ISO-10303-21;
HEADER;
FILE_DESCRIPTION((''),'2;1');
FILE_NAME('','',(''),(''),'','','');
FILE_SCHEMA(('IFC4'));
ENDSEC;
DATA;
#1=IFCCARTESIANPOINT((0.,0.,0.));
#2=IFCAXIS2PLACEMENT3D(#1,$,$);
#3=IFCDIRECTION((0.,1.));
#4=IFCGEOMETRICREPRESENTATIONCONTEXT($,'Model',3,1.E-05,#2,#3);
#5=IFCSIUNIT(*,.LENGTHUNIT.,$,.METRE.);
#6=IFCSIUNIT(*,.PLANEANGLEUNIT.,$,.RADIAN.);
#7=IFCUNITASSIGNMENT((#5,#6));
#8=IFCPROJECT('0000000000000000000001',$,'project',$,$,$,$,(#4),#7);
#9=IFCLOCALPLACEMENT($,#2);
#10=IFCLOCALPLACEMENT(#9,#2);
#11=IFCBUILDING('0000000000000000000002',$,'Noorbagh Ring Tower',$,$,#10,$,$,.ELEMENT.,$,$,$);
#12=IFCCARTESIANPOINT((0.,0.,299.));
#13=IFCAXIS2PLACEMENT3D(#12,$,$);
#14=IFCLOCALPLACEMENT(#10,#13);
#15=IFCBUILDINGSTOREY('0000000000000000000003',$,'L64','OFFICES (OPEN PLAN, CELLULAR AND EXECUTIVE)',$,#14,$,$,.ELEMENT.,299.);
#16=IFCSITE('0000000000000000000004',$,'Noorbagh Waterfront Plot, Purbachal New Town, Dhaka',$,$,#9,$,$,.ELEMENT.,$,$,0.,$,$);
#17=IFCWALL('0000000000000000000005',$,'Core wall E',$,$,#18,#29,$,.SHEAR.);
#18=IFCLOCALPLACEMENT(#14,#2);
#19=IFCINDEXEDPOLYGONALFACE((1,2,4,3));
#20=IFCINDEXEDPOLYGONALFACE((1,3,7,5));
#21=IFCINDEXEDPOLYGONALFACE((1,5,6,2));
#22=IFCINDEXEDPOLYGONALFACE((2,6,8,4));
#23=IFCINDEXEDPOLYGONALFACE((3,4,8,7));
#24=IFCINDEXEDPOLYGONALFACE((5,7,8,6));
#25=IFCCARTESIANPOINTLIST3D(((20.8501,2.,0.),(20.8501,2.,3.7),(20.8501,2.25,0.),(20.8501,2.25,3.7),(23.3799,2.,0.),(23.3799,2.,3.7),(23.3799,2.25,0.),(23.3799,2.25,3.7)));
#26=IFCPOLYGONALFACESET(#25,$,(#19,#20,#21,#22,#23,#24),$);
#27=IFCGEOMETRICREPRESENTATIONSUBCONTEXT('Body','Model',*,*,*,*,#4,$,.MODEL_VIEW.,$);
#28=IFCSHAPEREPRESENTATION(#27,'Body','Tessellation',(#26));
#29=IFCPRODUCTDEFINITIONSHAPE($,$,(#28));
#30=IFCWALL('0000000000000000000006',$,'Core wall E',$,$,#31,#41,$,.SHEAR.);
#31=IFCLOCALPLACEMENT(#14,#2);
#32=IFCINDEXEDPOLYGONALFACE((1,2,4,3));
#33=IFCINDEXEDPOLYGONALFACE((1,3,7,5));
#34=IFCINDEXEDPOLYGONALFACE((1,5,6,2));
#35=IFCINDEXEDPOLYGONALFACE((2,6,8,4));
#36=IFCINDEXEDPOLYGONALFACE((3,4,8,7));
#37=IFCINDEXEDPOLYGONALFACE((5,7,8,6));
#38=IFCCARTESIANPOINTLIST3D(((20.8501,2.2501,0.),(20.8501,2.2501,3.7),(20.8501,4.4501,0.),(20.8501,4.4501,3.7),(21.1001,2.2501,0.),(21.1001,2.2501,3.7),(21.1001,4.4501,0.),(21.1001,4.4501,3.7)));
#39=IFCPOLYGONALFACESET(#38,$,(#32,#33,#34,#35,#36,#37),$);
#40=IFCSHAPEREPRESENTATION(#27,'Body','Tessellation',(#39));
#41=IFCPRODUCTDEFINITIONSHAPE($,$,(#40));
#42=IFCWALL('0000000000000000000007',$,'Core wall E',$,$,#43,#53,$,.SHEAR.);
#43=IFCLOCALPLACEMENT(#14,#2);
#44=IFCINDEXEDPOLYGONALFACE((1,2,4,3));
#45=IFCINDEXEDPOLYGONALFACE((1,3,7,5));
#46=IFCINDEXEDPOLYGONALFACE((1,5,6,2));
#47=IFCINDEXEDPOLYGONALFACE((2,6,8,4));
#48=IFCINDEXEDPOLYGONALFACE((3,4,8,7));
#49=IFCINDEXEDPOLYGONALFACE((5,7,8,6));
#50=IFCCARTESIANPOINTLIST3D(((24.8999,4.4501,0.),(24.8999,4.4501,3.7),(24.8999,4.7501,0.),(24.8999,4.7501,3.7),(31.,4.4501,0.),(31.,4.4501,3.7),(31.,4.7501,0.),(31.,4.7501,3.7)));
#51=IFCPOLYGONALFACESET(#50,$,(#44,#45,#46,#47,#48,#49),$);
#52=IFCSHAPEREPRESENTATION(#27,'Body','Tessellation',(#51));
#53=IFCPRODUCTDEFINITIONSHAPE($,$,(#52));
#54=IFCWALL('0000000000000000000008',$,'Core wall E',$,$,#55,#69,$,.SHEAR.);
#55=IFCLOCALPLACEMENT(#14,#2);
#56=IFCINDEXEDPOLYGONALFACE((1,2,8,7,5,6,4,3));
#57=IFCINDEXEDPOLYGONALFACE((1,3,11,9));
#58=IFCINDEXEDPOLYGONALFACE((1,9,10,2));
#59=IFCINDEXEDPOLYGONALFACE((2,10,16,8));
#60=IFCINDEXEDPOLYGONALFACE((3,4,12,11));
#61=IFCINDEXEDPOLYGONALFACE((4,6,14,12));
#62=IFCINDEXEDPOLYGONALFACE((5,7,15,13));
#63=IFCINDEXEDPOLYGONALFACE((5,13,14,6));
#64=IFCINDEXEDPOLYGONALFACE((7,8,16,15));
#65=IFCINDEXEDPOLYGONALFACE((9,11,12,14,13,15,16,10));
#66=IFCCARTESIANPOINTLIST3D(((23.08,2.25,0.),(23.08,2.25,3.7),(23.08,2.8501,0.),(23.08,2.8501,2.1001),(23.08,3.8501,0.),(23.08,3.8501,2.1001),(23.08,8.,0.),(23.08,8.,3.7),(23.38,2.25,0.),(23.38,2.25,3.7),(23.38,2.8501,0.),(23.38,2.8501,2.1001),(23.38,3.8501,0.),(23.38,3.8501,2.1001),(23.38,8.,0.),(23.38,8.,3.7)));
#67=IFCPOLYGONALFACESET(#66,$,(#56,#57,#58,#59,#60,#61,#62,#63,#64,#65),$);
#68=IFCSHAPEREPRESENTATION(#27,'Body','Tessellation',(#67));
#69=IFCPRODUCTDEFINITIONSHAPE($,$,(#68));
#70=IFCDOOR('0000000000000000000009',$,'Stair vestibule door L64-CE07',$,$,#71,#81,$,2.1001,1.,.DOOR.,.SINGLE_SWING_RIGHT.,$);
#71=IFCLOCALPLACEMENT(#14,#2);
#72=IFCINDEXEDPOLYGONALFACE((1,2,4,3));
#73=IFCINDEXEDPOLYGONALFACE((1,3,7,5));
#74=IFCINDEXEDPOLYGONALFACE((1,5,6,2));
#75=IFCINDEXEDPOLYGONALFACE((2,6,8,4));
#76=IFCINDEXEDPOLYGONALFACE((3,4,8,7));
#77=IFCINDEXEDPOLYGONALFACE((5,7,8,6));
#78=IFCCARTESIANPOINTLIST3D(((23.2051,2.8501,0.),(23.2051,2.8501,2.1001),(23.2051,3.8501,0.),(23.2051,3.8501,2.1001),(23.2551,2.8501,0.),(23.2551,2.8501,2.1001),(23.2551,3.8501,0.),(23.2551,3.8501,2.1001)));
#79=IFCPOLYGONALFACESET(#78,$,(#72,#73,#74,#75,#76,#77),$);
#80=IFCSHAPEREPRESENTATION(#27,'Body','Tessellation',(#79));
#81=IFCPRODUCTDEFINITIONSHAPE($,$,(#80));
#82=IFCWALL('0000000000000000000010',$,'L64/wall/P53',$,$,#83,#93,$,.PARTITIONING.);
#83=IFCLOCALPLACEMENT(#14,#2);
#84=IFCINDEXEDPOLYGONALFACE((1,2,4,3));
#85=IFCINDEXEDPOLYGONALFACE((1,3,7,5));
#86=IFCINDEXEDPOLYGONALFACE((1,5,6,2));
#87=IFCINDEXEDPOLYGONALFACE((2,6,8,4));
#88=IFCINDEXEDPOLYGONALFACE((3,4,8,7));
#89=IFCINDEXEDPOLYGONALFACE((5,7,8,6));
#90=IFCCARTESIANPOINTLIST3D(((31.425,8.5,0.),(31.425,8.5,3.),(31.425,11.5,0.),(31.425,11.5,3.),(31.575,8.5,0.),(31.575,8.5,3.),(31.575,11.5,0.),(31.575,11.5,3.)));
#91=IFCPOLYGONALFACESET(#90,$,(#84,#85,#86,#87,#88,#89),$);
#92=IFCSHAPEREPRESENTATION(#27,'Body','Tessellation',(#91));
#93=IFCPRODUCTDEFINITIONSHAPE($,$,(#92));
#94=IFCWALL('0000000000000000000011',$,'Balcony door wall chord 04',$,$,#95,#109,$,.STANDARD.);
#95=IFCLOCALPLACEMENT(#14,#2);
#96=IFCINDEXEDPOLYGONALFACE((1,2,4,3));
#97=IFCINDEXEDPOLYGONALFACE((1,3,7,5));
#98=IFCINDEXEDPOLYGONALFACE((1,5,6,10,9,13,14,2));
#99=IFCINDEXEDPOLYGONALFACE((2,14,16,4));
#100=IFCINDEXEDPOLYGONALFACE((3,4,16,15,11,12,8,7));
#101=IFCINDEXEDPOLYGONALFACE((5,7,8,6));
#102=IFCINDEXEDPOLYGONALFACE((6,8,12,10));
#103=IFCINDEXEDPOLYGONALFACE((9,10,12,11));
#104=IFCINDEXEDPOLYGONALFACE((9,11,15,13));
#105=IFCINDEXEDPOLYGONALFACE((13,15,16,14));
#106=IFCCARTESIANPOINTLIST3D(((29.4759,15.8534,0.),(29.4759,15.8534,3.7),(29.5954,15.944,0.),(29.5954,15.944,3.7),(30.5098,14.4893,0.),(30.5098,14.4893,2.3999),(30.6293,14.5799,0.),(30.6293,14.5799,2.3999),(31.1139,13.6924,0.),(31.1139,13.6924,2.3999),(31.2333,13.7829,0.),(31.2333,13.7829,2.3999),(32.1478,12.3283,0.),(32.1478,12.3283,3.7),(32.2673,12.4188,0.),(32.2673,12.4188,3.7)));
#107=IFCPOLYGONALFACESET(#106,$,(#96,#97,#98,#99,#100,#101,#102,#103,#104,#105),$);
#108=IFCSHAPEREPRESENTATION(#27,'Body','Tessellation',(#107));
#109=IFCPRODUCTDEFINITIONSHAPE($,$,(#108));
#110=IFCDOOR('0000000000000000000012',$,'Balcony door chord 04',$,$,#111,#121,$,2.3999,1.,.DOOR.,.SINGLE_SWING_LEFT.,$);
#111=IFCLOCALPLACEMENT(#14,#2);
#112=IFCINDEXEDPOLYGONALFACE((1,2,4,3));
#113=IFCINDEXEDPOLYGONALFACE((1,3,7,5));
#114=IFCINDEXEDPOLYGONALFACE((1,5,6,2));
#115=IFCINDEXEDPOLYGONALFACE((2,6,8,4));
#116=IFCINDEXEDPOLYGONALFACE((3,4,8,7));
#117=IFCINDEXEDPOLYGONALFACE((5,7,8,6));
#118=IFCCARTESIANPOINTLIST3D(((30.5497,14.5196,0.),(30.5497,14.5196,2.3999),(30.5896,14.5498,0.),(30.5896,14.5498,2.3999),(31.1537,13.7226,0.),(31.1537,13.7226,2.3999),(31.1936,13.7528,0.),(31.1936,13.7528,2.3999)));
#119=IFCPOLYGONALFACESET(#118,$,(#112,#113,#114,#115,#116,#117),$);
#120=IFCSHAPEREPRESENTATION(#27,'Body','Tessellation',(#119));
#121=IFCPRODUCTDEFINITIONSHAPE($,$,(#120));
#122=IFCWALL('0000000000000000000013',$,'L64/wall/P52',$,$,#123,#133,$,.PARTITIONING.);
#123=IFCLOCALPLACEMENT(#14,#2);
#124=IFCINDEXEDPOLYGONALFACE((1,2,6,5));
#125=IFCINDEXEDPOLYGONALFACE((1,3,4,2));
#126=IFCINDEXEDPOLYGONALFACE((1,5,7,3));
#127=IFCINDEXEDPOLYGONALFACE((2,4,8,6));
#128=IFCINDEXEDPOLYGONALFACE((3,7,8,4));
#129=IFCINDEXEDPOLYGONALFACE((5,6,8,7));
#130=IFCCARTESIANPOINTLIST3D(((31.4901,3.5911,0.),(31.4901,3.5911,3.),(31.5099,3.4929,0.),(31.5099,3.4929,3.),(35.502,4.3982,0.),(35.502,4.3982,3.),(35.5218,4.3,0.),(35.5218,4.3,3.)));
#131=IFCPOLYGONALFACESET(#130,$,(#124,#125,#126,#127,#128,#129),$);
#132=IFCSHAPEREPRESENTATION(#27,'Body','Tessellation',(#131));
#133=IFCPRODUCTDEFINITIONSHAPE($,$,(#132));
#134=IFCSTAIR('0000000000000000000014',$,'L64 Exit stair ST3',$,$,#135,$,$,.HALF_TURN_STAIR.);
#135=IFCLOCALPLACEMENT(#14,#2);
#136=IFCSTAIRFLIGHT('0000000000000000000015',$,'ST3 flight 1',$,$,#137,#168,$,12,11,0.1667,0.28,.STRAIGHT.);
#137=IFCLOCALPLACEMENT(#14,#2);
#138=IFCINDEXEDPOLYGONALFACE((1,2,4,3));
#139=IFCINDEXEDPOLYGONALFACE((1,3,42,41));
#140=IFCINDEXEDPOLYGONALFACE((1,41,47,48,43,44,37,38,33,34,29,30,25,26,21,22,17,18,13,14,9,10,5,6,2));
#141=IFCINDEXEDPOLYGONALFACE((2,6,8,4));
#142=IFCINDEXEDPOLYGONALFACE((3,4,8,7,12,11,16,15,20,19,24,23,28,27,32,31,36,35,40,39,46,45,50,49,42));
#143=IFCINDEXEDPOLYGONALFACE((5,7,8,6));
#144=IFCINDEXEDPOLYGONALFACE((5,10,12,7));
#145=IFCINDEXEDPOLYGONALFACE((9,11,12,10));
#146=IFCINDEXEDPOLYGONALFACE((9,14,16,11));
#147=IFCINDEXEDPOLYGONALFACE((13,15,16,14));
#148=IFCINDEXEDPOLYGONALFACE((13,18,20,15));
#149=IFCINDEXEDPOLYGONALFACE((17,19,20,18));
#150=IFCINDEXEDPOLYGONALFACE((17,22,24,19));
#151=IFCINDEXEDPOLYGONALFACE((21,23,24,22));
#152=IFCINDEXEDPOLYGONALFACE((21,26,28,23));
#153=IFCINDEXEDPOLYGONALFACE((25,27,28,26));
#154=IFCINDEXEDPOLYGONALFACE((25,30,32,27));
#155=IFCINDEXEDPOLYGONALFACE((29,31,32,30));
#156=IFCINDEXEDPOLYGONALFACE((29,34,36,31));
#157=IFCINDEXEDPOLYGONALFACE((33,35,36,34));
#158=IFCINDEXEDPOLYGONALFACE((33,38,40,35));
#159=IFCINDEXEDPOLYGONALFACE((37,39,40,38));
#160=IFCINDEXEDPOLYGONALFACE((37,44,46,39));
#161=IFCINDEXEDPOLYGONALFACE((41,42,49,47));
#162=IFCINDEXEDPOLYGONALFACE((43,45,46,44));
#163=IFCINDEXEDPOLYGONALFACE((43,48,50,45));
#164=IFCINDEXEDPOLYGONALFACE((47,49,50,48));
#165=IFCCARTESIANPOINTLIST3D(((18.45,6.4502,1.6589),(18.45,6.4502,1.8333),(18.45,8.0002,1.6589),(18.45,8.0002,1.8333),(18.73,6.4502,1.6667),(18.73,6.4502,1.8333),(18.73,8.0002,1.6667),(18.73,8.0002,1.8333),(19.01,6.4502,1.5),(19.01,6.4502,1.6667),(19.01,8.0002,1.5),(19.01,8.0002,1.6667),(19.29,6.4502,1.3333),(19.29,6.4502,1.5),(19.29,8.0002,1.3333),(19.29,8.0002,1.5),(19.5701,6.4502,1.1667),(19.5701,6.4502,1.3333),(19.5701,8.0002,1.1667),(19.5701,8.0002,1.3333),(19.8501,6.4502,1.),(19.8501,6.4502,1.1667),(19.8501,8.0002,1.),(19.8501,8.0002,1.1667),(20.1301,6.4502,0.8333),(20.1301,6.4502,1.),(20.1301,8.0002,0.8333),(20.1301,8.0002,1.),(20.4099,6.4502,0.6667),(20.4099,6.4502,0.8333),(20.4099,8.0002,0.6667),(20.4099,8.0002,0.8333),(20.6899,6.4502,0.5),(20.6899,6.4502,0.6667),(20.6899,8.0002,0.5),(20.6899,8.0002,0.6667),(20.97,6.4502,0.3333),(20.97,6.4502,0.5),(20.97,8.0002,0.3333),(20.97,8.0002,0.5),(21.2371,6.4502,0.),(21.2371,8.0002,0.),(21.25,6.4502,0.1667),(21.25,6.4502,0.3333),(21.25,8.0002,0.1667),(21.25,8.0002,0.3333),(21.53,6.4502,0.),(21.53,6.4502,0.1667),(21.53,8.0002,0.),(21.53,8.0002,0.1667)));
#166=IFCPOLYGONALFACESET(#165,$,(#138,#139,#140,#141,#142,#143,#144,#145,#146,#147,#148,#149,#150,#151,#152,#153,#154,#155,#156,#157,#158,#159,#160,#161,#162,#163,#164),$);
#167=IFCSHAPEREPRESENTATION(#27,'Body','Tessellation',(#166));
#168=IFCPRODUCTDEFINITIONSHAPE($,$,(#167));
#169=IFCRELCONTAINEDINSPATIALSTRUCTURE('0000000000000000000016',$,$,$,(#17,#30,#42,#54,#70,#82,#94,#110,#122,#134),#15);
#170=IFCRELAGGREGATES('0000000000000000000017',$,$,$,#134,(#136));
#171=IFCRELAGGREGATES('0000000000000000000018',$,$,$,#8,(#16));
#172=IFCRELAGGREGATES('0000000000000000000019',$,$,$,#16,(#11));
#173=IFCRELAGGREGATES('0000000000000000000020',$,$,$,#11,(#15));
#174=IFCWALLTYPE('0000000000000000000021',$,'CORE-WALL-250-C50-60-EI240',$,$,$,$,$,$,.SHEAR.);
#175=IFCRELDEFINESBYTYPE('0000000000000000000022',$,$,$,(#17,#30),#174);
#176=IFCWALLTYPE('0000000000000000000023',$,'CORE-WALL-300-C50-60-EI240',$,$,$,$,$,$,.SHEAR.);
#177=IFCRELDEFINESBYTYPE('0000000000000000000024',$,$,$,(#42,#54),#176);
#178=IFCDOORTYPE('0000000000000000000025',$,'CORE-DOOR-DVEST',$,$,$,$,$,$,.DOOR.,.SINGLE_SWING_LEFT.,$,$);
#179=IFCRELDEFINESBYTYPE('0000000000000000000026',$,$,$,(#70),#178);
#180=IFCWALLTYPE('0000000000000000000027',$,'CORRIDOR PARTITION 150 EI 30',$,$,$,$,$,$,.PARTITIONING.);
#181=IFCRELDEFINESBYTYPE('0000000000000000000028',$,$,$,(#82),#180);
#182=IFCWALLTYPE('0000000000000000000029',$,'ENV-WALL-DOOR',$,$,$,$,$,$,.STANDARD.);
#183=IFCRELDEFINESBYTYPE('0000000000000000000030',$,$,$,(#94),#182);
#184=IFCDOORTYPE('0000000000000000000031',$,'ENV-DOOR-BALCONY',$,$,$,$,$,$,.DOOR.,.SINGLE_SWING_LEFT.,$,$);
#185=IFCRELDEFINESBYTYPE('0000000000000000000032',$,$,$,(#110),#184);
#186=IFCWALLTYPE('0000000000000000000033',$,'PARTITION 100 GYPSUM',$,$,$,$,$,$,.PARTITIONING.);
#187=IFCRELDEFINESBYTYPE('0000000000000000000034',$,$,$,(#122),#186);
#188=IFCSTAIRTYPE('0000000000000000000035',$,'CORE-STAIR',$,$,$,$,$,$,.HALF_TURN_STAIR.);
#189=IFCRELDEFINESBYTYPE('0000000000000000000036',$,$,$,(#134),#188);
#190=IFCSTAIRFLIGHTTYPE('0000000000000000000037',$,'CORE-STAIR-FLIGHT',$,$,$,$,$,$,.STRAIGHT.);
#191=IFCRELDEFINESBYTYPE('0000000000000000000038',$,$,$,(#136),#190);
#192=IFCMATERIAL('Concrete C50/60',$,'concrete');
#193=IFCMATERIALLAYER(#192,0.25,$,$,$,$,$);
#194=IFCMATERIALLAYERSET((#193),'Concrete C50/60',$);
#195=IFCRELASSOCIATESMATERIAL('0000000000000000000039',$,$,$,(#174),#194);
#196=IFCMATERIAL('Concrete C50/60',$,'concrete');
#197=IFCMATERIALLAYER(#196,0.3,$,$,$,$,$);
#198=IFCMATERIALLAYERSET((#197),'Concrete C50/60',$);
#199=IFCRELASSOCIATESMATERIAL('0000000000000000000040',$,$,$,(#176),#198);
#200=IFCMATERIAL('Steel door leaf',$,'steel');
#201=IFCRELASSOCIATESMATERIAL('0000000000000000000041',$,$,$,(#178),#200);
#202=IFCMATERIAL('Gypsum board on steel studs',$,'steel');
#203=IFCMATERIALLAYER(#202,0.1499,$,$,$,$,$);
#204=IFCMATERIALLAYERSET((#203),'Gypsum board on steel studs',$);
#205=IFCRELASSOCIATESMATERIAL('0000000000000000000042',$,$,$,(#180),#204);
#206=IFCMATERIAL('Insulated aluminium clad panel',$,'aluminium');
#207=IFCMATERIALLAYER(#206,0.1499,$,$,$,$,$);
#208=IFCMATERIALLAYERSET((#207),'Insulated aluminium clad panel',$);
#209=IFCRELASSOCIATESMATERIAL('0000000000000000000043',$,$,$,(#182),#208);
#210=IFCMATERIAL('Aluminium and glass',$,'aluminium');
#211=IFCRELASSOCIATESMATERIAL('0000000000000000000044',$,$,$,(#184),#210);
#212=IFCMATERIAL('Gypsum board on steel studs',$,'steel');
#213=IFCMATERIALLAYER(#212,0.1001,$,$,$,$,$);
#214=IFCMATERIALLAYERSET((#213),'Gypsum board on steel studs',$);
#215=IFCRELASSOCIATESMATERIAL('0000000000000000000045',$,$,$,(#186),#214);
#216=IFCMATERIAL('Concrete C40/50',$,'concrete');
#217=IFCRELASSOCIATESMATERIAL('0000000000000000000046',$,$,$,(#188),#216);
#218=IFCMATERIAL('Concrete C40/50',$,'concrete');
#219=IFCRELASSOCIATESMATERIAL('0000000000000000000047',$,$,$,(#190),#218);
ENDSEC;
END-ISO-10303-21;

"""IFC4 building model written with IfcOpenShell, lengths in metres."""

from ifc_helpers import new_model, si_unit, direction, frame, frame_2d, origin, place, context, subcontext, project, spatial, polyline, rectangle, outline, extrude, material, layer, layer_set, type_object, element, fill, aggregate, save


model = new_model("IFC4")

# Units and contexts
model_context = context("Model", 3, precision=1e-05, world=origin(), true_north=direction((0.0, 1.0)))
body_context = subcontext(model_context, "Body", "Model", "MODEL_VIEW")
ifc_project = project(units=[si_unit("LENGTHUNIT", "METRE"), si_unit("PLANEANGLEUNIT", "RADIAN")], contexts=[model_context])

# Site, building, storey
site_placement = place(None, origin())
site = spatial("IfcSite", under=ifc_project, at=site_placement, Name="Noorbagh Waterfront Plot, Purbachal New Town, Dhaka", CompositionType="ELEMENT", RefElevation=0.0)
building_placement = place(site_placement, origin())
building = spatial("IfcBuilding", under=site, at=building_placement, Name="Noorbagh Ring Tower", CompositionType="ELEMENT")
storey_placement = place(building_placement, frame((0.0, 0.0, 299.0)))
storey = spatial("IfcBuildingStorey", under=building, at=storey_placement, Name="L64", Description="OFFICES (OPEN PLAN, CELLULAR AND EXECUTIVE)", CompositionType="ELEMENT", Elevation=299.0)

# Walls
ifc_material_1 = material(Name="Concrete C50/60", Category="concrete")
ifc_layer_1 = layer(ifc_material_1, 0.25)
ifc_layer_set_1 = layer_set([ifc_layer_1], Name="Concrete C50/60")
wall_type_1 = type_object("IfcWallType", Name="CORE-WALL-250-C50-60-EI240", PredefinedType="SHEAR", material=ifc_layer_set_1)
wall_1_placement = place(storey_placement, frame((20.8501, 2.125, 0.0), z_axis=(0.0, 0.0, 1.0), x_axis=(1.0, 0.0, 0.0)))
element("IfcWall", 1, at=wall_1_placement, inside=storey, type_object=wall_type_1, Name="Core wall E", PredefinedType="SHEAR", context=body_context, shape_type="SweptSolid", body=[
    extrude(rectangle(XDim=2.5298, YDim=0.25, at=frame_2d((1.2649, 0.0))), origin(), (0.0, 0.0, 1.0), 3.7),
])
wall_2_placement = place(storey_placement, frame((20.9751, 2.25, 0.0), z_axis=(0.0, 0.0, 1.0), x_axis=(0.0, 1.0, 0.0)))
element("IfcWall", 2, at=wall_2_placement, inside=storey, type_object=wall_type_1, Name="Core wall E", PredefinedType="SHEAR", context=body_context, shape_type="SweptSolid", body=[
    extrude(rectangle(XDim=2.2, YDim=0.25, at=frame_2d((1.1001, 0.0))), origin(), (0.0, 0.0, 1.0), 3.7),
])
ifc_material_2 = material(Name="Concrete C50/60", Category="concrete")
ifc_layer_2 = layer(ifc_material_2, 0.3)
ifc_layer_set_2 = layer_set([ifc_layer_2], Name="Concrete C50/60")
wall_type_2 = type_object("IfcWallType", Name="CORE-WALL-300-C50-60-EI240", PredefinedType="SHEAR", material=ifc_layer_set_2)
wall_3_placement = place(storey_placement, frame((24.8999, 4.6001, 0.0), z_axis=(0.0, 0.0, 1.0), x_axis=(1.0, 0.0, 0.0)))
element("IfcWall", 3, at=wall_3_placement, inside=storey, type_object=wall_type_2, Name="Core wall E", PredefinedType="SHEAR", context=body_context, shape_type="SweptSolid", body=[
    extrude(rectangle(XDim=6.1001, YDim=0.3, at=frame_2d((3.05, 0.0))), origin(), (0.0, 0.0, 1.0), 3.7),
])

# Wall, opening, door
wall_4_placement = place(storey_placement, frame((23.23, 2.25, 0.0), z_axis=(0.0, 0.0, 1.0), x_axis=(0.0, 1.0, 0.0)))
wall_4 = element("IfcWall", 4, at=wall_4_placement, inside=storey, type_object=wall_type_2, Name="Core wall E", PredefinedType="SHEAR", context=body_context, shape_type="SweptSolid", body=[
    extrude(rectangle(XDim=5.75, YDim=0.3, at=frame_2d((2.875, 0.0))), origin(), (0.0, 0.0, 1.0), 3.7),
])
opening_1_placement = place(wall_4_placement, frame((0.6001, 0.0, 0.0)))
opening_1 = element("IfcOpeningElement", 5, at=opening_1_placement, cuts=wall_4, PredefinedType="OPENING", context=body_context, shape_type="SweptSolid", body=[
    extrude(rectangle(XDim=1.0, YDim=2.1001, at=frame_2d((0.5, 1.05))), frame((0.0, 0.1602, 0.0), z_axis=(0.0, -1.0, 0.0), x_axis=(1.0, 0.0, 0.0)), (0.0, 0.0, 1.0), 0.3201),
])
ifc_material_3 = material(Name="Steel door leaf", Category="steel")
door_type_1 = type_object("IfcDoorType", Name="CORE-DOOR-DVEST", OperationType="SINGLE_SWING_LEFT", PredefinedType="DOOR", material=ifc_material_3)
door_1_placement = place(opening_1_placement, origin())
door_1 = element("IfcDoor", 6, at=door_1_placement, inside=storey, type_object=door_type_1, Name="Stair vestibule door L64-CE07", OperationType="SINGLE_SWING_RIGHT", OverallHeight=2.1001, OverallWidth=1.0, PredefinedType="DOOR", context=body_context, shape_type="SweptSolid", body=[
    extrude(rectangle(XDim=1.0, YDim=2.1001, at=frame_2d((0.5, 1.05))), frame((0.0, 0.0249, 0.0), z_axis=(0.0, -1.0, 0.0), x_axis=(1.0, 0.0, 0.0)), (0.0, 0.0, 1.0), 0.05),
])
fill(opening_1, door_1)

# Wall
ifc_material_4 = material(Name="Gypsum board on steel studs", Category="steel")
ifc_layer_3 = layer(ifc_material_4, 0.1499)
ifc_layer_set_3 = layer_set([ifc_layer_3], Name="Gypsum board on steel studs")
wall_type_3 = type_object("IfcWallType", Name="CORRIDOR PARTITION 150 EI 30", PredefinedType="PARTITIONING", material=ifc_layer_set_3)
wall_5_placement = place(storey_placement, frame((31.5, 8.5, 0.0), z_axis=(0.0, 0.0, 1.0), x_axis=(0.0, 1.0, 0.0)))
element("IfcWall", 7, at=wall_5_placement, inside=storey, type_object=wall_type_3, Name="L64/wall/P53", PredefinedType="PARTITIONING", context=body_context, shape_type="SweptSolid", body=[
    extrude(rectangle(XDim=3.0, YDim=0.1499, at=frame_2d((1.5, 0.0))), origin(), (0.0, 0.0, 1.0), 3.0),
])

# Wall, opening, door
ifc_material_5 = material(Name="Insulated aluminium clad panel", Category="aluminium")
ifc_layer_4 = layer(ifc_material_5, 0.1499)
ifc_layer_set_4 = layer_set([ifc_layer_4], Name="Insulated aluminium clad panel")
wall_type_4 = type_object("IfcWallType", Name="ENV-WALL-DOOR", PredefinedType="STANDARD", material=ifc_layer_set_4)
wall_6_placement = place(storey_placement, frame((32.2075, 12.3735, 0.0), z_axis=(0.0, 0.0, 1.0), x_axis=(-0.604046, 0.79695, 0.0)))
wall_6 = element("IfcWall", 8, at=wall_6_placement, inside=storey, type_object=wall_type_4, Name="Balcony door wall chord 04", PredefinedType="STANDARD", context=body_context, shape_type="SweptSolid", body=[
    extrude(rectangle(XDim=4.4233, YDim=0.1499, at=frame_2d((2.2117, 0.0))), origin(), (0.0, 0.0, 1.0), 3.7),
])
opening_2_placement = place(wall_6_placement, frame((1.7117, 0.0, 0.0)))
opening_2 = element("IfcOpeningElement", 9, at=opening_2_placement, cuts=wall_6, PredefinedType="OPENING", context=body_context, shape_type="SweptSolid", body=[
    extrude(rectangle(XDim=1.0, YDim=2.3999, at=frame_2d((0.5, 1.2))), frame((0.0, 0.085, 0.0), z_axis=(0.0, -1.0, 0.0), x_axis=(1.0, 0.0, 0.0)), (0.0, 0.0, 1.0), 0.1699),
])
ifc_material_6 = material(Name="Aluminium and glass", Category="aluminium")
door_type_2 = type_object("IfcDoorType", Name="ENV-DOOR-BALCONY", OperationType="SINGLE_SWING_LEFT", PredefinedType="DOOR", material=ifc_material_6)
door_2_placement = place(opening_2_placement, origin())
door_2 = element("IfcDoor", 10, at=door_2_placement, inside=storey, type_object=door_type_2, Name="Balcony door chord 04", OperationType="SINGLE_SWING_LEFT", OverallHeight=2.3999, OverallWidth=1.0, PredefinedType="DOOR", context=body_context, shape_type="SweptSolid", body=[
    extrude(rectangle(XDim=1.0, YDim=2.3999, at=frame_2d((0.5, 1.2))), frame((0.0, 0.0249, 0.0), z_axis=(0.0, -1.0, 0.0), x_axis=(1.0, 0.0, 0.0)), (0.0, 0.0, 1.0), 0.05),
])
fill(opening_2, door_2)

# Wall
ifc_material_7 = material(Name="Gypsum board on steel studs", Category="steel")
ifc_layer_5 = layer(ifc_material_7, 0.1001)
ifc_layer_set_5 = layer_set([ifc_layer_5], Name="Gypsum board on steel studs")
wall_type_5 = type_object("IfcWallType", Name="PARTITION 100 GYPSUM", PredefinedType="PARTITIONING", material=ifc_layer_set_5)
wall_7_placement = place(storey_placement, frame((31.5, 3.542, 0.0), z_axis=(0.0, 0.0, 1.0), x_axis=(0.980357, 0.197229, 0.0)))
element("IfcWall", 11, at=wall_7_placement, inside=storey, type_object=wall_type_5, Name="L64/wall/P52", PredefinedType="PARTITIONING", context=body_context, shape_type="SweptSolid", body=[
    extrude(rectangle(XDim=4.0923, YDim=0.1001, at=frame_2d((2.0461, 0.0))), origin(), (0.0, 0.0, 1.0), 3.0),
])

# Stair, stair flight
ifc_material_8 = material(Name="Concrete C40/50", Category="concrete")
stair_type = type_object("IfcStairType", Name="CORE-STAIR", PredefinedType="HALF_TURN_STAIR", material=ifc_material_8)
stair_placement = place(storey_placement, origin())
stair = element("IfcStair", 12, at=stair_placement, inside=storey, type_object=stair_type, Name="L64 Exit stair ST3", PredefinedType="HALF_TURN_STAIR")
ifc_material_9 = material(Name="Concrete C40/50", Category="concrete")
stair_flight_type = type_object("IfcStairFlightType", Name="CORE-STAIR-FLIGHT", PredefinedType="STRAIGHT", material=ifc_material_9)
stair_flight_1_placement = place(storey_placement, frame((21.53, 7.2251, 0.0), z_axis=(0.0, 0.0, 1.0), x_axis=(-1.0, 0.0, 0.0)))
stair_flight_1 = element("IfcStairFlight", 13, at=stair_flight_1_placement, type_object=stair_flight_type, Name="ST3 flight 1", NumberOfRisers=12, NumberOfTreads=11, PredefinedType="STRAIGHT", RiserHeight=0.1667, TreadLength=0.28, context=body_context, shape_type="SweptSolid", body=[
    extrude(outline(polyline([(0.0, 0.0), (0.0, 0.1667), (0.28, 0.1667), (0.28, 0.3333), (0.5601, 0.3333), (0.5601, 0.5), (0.8401, 0.5), (0.8401, 0.6667), (1.1201, 0.6667), (1.1201, 0.8333), (1.3999, 0.8333), (1.3999, 1.0), (1.6799, 1.0), (1.6799, 1.1667), (1.96, 1.1667), (1.96, 1.3333), (2.24, 1.3333), (2.24, 1.5), (2.52, 1.5), (2.52, 1.6667), (2.8, 1.6667), (2.8, 1.8333), (3.0801, 1.8333), (3.0801, 2.0), (3.0801, 1.6589), (0.293, 0.0), (0.0, 0.0)])), frame((0.0, 0.7749, 0.0), z_axis=(0.0, -1.0, 0.0), x_axis=(1.0, 0.0, 0.0)), (0.0, 0.0, 1.0), 1.55),
])
aggregate(stair, [stair_flight_1])

save(model, "model.ifc")
